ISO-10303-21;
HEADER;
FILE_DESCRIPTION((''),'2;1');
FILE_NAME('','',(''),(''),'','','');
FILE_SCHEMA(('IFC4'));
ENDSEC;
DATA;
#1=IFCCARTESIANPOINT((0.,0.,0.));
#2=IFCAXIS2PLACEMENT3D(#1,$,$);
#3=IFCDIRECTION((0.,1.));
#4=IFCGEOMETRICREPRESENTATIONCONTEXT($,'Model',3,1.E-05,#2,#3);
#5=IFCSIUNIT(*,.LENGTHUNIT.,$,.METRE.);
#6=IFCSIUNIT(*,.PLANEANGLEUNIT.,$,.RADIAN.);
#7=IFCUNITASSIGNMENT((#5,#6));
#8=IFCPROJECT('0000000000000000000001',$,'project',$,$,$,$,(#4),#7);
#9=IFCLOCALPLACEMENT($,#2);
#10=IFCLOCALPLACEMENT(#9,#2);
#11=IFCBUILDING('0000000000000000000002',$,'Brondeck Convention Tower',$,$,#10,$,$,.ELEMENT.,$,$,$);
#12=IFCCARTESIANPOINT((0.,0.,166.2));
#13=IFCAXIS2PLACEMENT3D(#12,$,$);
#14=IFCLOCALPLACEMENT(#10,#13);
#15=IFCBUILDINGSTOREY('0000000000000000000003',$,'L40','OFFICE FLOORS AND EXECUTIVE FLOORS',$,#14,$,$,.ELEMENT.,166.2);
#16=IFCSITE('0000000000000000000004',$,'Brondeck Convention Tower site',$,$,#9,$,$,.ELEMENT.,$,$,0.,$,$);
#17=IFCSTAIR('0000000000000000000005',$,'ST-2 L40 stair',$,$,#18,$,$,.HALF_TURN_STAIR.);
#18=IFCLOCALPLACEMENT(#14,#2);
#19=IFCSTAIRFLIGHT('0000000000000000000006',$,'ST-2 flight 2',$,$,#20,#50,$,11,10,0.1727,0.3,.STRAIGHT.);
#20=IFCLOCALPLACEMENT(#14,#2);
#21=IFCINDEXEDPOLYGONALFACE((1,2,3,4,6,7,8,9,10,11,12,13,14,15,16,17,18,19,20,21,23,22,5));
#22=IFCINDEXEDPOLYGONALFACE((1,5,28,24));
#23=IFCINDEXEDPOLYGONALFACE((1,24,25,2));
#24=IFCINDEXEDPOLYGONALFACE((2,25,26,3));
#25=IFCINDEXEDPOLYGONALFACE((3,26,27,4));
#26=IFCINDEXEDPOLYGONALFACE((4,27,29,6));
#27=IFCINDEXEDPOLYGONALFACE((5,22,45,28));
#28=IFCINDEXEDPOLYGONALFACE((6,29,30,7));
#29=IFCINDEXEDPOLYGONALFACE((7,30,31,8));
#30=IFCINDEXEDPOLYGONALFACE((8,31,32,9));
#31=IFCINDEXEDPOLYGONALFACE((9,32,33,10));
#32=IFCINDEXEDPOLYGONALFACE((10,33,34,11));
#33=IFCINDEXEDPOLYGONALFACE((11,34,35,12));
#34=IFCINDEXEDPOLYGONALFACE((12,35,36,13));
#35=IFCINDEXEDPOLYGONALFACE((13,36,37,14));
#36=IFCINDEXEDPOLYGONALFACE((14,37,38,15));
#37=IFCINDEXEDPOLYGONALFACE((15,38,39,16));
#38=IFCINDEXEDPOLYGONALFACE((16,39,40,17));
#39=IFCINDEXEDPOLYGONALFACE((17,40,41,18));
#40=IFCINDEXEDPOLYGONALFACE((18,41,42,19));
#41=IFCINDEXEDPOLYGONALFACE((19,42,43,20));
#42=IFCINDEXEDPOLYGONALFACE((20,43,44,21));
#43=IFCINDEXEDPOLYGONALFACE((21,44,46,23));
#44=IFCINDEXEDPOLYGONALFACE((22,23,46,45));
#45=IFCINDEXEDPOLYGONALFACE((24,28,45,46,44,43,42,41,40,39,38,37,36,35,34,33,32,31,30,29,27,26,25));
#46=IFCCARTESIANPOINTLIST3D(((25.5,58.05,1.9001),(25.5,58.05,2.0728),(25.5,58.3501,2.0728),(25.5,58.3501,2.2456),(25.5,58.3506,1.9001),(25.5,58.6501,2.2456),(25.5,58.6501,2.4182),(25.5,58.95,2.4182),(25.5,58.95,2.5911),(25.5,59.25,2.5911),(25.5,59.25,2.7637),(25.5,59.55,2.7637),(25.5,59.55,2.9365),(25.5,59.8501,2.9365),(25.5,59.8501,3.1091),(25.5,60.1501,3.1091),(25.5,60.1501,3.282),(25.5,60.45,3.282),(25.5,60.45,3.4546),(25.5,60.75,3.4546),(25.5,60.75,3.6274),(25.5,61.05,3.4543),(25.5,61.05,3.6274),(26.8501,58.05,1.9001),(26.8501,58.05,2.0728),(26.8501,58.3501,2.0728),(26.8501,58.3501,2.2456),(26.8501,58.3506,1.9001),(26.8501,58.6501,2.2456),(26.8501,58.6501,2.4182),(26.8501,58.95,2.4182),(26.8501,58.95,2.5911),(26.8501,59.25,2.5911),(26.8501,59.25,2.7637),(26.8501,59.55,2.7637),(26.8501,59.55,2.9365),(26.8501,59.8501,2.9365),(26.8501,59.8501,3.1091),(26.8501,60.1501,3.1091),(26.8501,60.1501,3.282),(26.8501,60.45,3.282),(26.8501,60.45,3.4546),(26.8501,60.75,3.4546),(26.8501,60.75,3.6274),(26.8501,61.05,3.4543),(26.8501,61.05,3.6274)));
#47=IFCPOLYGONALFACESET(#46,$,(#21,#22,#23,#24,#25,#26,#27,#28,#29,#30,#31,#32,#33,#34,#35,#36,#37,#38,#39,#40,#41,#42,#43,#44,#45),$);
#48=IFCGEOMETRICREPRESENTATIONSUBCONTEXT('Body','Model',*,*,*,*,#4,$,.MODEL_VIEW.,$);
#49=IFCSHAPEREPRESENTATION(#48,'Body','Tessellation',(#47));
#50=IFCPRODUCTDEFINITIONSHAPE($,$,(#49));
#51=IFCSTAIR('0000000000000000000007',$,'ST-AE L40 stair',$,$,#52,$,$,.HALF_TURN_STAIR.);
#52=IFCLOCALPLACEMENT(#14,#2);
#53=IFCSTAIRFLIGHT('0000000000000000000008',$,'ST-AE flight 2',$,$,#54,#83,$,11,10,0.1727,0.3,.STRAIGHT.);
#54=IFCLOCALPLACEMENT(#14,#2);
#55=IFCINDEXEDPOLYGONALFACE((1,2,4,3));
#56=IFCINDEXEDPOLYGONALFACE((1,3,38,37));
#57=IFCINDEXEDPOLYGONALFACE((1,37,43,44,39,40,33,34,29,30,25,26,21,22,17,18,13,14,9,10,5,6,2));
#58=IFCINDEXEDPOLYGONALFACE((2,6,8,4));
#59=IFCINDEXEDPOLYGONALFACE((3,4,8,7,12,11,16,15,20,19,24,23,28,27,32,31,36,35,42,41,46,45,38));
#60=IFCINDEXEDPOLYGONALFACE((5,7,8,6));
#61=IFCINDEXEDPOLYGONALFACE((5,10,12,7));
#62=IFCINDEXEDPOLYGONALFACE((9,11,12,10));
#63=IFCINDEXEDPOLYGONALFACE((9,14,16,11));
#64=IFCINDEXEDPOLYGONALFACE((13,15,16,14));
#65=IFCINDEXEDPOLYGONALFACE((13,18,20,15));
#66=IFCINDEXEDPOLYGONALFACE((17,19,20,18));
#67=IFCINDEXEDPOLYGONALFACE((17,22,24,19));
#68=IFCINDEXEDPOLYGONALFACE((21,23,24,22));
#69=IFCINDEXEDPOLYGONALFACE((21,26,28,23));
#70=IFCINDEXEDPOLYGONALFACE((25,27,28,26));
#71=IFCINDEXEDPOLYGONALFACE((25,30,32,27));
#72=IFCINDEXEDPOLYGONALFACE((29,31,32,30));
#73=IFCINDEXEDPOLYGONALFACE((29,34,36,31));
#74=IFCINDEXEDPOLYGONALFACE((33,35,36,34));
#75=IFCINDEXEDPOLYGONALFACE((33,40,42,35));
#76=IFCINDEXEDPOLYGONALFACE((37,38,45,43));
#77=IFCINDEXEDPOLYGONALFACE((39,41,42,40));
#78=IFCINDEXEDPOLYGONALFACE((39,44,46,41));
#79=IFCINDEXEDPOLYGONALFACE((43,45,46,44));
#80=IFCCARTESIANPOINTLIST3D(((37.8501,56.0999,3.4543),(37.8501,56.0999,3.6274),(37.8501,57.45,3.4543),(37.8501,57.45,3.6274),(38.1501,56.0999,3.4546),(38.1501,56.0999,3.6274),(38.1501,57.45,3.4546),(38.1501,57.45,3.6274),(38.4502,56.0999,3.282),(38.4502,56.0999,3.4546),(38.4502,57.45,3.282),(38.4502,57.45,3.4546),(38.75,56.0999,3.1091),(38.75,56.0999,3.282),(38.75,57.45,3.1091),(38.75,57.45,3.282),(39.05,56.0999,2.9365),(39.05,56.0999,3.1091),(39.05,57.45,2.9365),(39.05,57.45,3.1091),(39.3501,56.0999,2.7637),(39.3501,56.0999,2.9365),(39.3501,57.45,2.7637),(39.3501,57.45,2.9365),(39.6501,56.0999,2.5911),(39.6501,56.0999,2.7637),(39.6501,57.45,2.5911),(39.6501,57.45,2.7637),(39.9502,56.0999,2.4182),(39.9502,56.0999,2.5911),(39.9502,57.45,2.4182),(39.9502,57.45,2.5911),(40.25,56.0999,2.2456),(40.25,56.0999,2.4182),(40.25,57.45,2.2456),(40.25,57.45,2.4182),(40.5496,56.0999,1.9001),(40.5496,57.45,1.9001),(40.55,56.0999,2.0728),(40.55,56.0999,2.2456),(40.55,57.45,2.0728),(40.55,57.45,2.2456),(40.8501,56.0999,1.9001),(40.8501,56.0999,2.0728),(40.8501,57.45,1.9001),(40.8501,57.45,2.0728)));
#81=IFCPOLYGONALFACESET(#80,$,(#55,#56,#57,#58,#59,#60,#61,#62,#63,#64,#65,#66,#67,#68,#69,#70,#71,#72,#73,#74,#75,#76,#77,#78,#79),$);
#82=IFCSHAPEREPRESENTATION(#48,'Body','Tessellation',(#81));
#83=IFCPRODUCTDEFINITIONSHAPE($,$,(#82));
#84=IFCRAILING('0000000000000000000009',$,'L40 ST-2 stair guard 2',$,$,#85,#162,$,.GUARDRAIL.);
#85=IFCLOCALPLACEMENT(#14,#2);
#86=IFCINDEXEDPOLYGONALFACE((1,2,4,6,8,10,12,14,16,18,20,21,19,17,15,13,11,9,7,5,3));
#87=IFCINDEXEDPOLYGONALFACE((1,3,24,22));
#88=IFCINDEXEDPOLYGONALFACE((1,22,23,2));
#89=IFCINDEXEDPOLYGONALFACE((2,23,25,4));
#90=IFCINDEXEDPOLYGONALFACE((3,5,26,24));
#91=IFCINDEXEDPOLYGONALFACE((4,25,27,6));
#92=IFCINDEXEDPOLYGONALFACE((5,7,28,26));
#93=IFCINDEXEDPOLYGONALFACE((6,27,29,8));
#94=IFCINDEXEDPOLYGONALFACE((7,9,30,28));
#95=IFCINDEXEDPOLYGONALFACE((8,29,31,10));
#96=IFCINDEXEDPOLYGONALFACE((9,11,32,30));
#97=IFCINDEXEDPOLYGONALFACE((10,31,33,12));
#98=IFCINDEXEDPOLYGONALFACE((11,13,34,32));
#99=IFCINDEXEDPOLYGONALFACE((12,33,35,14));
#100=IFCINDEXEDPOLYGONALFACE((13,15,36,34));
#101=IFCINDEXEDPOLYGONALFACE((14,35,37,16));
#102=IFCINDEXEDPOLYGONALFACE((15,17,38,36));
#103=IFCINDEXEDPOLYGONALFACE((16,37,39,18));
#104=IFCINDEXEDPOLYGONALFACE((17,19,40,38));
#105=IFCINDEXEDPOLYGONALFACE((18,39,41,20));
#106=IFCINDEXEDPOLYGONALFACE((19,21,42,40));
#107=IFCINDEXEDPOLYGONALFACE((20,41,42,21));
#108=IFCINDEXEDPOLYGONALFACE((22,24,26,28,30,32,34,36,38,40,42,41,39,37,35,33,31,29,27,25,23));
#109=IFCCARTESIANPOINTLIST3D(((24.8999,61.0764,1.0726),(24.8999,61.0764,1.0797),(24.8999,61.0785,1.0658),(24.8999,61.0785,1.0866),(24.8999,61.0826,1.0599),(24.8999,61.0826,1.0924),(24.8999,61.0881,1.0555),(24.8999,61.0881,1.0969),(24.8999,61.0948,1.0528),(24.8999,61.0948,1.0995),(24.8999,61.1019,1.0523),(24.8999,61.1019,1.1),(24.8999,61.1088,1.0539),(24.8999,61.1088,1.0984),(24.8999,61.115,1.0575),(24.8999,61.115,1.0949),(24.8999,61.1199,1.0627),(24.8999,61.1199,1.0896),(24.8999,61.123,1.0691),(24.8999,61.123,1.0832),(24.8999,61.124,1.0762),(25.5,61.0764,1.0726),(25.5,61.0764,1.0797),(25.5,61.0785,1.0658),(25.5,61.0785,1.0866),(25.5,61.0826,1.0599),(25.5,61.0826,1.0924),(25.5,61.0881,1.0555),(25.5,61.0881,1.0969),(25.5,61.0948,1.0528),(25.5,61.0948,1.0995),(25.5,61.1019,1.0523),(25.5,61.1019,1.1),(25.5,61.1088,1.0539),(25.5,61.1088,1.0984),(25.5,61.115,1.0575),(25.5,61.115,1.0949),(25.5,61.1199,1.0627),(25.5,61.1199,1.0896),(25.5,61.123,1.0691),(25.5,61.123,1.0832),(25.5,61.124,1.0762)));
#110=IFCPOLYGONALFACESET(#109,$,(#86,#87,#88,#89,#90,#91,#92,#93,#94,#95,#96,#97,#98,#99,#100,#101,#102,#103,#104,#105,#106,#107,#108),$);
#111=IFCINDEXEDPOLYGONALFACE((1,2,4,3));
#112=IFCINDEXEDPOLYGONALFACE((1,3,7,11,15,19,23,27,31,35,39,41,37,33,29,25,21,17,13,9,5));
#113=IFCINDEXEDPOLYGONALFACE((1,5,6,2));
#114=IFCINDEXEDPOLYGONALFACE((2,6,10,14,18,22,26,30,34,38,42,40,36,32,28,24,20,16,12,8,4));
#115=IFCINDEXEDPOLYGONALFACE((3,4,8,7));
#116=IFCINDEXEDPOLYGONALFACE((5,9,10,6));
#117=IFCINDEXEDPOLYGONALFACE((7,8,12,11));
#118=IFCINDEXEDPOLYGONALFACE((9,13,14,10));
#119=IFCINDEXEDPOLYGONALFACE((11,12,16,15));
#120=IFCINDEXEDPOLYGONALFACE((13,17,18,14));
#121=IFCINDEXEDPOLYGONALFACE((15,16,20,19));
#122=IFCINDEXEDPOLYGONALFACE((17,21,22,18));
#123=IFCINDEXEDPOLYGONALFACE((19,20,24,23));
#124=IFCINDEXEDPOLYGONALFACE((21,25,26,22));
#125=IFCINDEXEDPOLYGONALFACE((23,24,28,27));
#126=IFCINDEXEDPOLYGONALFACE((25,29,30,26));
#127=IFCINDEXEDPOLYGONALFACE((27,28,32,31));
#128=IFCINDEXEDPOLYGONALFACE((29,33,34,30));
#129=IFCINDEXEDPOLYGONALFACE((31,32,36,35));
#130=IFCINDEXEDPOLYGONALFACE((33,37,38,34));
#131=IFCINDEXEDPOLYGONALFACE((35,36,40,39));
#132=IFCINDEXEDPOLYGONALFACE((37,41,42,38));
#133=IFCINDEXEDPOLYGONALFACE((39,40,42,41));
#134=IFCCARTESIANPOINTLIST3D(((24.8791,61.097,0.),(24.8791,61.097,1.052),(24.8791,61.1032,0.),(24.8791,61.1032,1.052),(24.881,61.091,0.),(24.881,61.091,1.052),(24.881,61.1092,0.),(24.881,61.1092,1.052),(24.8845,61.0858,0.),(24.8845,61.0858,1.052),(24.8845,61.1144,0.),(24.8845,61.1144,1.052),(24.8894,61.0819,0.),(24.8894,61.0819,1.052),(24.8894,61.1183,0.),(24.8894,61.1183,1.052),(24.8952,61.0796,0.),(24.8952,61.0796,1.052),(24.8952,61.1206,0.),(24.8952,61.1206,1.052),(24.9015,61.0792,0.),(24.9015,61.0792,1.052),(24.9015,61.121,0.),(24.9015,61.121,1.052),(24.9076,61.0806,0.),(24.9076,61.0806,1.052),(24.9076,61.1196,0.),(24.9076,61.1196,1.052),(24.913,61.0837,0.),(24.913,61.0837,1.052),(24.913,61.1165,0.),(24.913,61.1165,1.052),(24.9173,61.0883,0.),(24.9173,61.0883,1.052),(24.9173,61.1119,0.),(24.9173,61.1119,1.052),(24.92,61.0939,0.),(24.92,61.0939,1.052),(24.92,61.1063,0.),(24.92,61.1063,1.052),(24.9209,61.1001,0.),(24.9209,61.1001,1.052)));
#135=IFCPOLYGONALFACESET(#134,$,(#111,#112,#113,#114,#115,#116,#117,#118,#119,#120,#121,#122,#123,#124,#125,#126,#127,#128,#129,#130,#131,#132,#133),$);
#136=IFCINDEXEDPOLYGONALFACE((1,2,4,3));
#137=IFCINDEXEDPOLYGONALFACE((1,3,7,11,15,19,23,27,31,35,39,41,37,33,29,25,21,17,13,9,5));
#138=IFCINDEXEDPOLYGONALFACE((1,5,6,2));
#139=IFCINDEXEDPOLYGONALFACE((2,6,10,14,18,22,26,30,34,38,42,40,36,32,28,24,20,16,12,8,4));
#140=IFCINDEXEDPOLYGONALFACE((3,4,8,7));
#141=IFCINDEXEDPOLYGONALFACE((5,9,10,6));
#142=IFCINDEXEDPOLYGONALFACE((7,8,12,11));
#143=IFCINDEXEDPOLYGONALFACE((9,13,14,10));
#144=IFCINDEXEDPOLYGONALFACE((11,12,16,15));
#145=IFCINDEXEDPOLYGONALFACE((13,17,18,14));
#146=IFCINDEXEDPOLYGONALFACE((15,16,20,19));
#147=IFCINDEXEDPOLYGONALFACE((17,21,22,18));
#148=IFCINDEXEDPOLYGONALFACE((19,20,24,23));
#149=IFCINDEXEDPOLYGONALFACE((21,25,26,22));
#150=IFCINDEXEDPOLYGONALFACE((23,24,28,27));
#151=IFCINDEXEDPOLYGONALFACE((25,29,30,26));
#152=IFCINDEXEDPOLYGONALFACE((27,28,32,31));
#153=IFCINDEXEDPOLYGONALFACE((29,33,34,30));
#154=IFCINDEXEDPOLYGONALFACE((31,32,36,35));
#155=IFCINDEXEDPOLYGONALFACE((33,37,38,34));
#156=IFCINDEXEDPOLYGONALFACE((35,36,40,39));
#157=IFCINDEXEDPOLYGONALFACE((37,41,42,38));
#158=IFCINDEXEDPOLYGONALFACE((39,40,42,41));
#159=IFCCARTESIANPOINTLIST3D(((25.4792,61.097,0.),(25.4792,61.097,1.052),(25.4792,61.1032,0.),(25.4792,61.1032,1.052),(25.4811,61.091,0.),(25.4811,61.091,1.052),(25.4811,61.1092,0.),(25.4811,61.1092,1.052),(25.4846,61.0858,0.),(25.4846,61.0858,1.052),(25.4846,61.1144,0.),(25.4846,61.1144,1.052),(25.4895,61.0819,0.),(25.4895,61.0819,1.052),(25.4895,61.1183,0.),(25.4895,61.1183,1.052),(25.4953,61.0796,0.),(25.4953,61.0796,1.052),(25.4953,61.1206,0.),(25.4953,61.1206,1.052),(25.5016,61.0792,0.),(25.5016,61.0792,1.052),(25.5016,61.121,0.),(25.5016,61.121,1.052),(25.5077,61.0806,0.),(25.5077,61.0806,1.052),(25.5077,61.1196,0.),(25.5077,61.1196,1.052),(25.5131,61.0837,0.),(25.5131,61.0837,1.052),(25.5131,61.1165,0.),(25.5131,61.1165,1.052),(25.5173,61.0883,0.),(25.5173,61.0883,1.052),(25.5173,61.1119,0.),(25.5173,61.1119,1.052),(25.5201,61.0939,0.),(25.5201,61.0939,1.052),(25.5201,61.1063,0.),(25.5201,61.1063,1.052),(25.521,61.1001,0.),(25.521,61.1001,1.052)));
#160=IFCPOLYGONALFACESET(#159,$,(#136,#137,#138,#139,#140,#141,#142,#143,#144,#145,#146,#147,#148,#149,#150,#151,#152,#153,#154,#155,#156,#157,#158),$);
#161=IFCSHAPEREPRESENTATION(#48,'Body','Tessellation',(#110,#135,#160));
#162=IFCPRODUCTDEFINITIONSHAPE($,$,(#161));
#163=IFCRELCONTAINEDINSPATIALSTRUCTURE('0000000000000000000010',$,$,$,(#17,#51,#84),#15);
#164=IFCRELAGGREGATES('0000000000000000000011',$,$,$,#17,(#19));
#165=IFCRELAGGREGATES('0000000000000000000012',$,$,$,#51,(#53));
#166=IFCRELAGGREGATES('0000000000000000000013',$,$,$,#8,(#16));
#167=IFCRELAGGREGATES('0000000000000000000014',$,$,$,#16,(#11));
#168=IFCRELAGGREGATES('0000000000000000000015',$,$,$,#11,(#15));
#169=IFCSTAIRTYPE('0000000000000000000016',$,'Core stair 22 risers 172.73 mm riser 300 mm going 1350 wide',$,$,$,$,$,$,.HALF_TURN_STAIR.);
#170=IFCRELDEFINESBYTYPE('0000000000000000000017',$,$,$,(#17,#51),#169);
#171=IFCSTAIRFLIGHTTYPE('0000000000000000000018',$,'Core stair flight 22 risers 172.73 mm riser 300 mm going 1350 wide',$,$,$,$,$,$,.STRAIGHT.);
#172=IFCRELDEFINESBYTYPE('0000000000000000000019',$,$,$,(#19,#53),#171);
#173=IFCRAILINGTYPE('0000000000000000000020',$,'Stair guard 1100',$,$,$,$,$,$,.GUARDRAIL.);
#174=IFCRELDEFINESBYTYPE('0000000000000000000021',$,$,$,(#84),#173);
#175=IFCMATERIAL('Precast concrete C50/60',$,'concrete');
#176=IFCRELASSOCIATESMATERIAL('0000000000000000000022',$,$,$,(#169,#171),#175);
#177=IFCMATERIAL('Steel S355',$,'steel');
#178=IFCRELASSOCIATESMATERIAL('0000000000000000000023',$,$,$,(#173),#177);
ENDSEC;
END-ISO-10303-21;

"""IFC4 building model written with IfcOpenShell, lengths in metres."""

from ifc_helpers import new_model, si_unit, direction, frame, origin, origin_2d, place, context, subcontext, project, spatial, polyline, circle, outline, extrude, material, type_object, element, aggregate, save


model = new_model("IFC4")

# Units and contexts
model_context = context("Model", 3, precision=1e-05, world=origin(), true_north=direction((0.0, 1.0)))
body_context = subcontext(model_context, "Body", "Model", "MODEL_VIEW")
ifc_project = project(units=[si_unit("LENGTHUNIT", "METRE"), si_unit("PLANEANGLEUNIT", "RADIAN")], contexts=[model_context])

# Site, building, storey
site_placement = place(None, origin())
site = spatial("IfcSite", under=ifc_project, at=site_placement, Name="Brondeck Convention Tower site", CompositionType="ELEMENT", RefElevation=0.0)
building_placement = place(site_placement, origin())
building = spatial("IfcBuilding", under=site, at=building_placement, Name="Brondeck Convention Tower", CompositionType="ELEMENT")
storey_placement = place(building_placement, frame((0.0, 0.0, 166.2)))
storey = spatial("IfcBuildingStorey", under=building, at=storey_placement, Name="L40", Description="OFFICE FLOORS AND EXECUTIVE FLOORS", CompositionType="ELEMENT", Elevation=166.2)

# Shared definitions
ifc_material_1 = material(Name="Steel S355", Category="steel")

# Stair, stair flight
ifc_material_2 = material(Name="Precast concrete C50/60", Category="concrete")
stair_type = type_object("IfcStairType", Name="Core stair 22 risers 172.73 mm riser 300 mm going 1350 wide", PredefinedType="HALF_TURN_STAIR", material=ifc_material_2)
stair_1_placement = place(storey_placement, origin())
stair_1 = element("IfcStair", 1, at=stair_1_placement, inside=storey, type_object=stair_type, Name="ST-2 L40 stair", PredefinedType="HALF_TURN_STAIR")
stair_flight_type = type_object("IfcStairFlightType", Name="Core stair flight 22 risers 172.73 mm riser 300 mm going 1350 wide", PredefinedType="STRAIGHT", material=ifc_material_2)
stair_flight_1_placement = place(storey_placement, frame((26.175, 58.05, 1.9001), z_axis=(0.0, 0.0, 1.0), x_axis=(0.0, 1.0, 0.0)))
stair_flight_1 = element("IfcStairFlight", 2, at=stair_flight_1_placement, type_object=stair_flight_type, Name="ST-2 flight 2", NumberOfRisers=11, NumberOfTreads=10, PredefinedType="STRAIGHT", RiserHeight=0.1727, TreadLength=0.3, context=body_context, shape_type="SweptSolid", body=[
    extrude(outline(polyline([(0.0, 0.0), (0.0, 0.1726), (0.3, 0.1726), (0.3, 0.3455), (0.6001, 0.3455), (0.6001, 0.5181), (0.8999, 0.5181), (0.8999, 0.6909), (1.2, 0.6909), (1.2, 0.8635), (1.5, 0.8635), (1.5, 1.0364), (1.8, 1.0364), (1.8, 1.209), (2.1001, 1.209), (2.1001, 1.3818), (2.3999, 1.3818), (2.3999, 1.5544), (2.7, 1.5544), (2.7, 1.7273), (3.0, 1.7273), (3.0, 1.8999), (3.0, 1.5542), (0.3005, 0.0), (0.0, 0.0)])), frame((0.0, 0.675, 0.0), z_axis=(0.0, -1.0, 0.0), x_axis=(1.0, 0.0, 0.0)), (0.0, 0.0, 1.0), 1.3501),
])
aggregate(stair_1, [stair_flight_1])

# Stair, stair flight
stair_2_placement = place(storey_placement, origin())
stair_2 = element("IfcStair", 3, at=stair_2_placement, inside=storey, type_object=stair_type, Name="ST-AE L40 stair", PredefinedType="HALF_TURN_STAIR")
stair_flight_2_placement = place(storey_placement, frame((40.8501, 56.7749, 1.9001), z_axis=(0.0, 0.0, 1.0), x_axis=(-1.0, 0.0, 0.0)))
stair_flight_2 = element("IfcStairFlight", 4, at=stair_flight_2_placement, type_object=stair_flight_type, Name="ST-AE flight 2", NumberOfRisers=11, NumberOfTreads=10, PredefinedType="STRAIGHT", RiserHeight=0.1727, TreadLength=0.3, context=body_context, shape_type="SweptSolid", body=[
    extrude(outline(polyline([(0.0, 0.0), (0.0, 0.1726), (0.3, 0.1726), (0.3, 0.3455), (0.6001, 0.3455), (0.6001, 0.5181), (0.8999, 0.5181), (0.8999, 0.6909), (1.2, 0.6909), (1.2, 0.8635), (1.5, 0.8635), (1.5, 1.0364), (1.8, 1.0364), (1.8, 1.209), (2.1001, 1.209), (2.1001, 1.3818), (2.3999, 1.3818), (2.3999, 1.5544), (2.7, 1.5544), (2.7, 1.7273), (3.0, 1.7273), (3.0, 1.8999), (3.0, 1.5542), (0.3005, 0.0), (0.0, 0.0)])), frame((0.0, 0.675, 0.0), z_axis=(0.0, -1.0, 0.0), x_axis=(1.0, 0.0, 0.0)), (0.0, 0.0, 1.0), 1.3501),
])
aggregate(stair_2, [stair_flight_2])

# Railing
railing_type_1 = type_object("IfcRailingType", Name="Stair guard 1100", PredefinedType="GUARDRAIL", material=ifc_material_1)
railing_1_placement = place(storey_placement, frame((24.8999, 61.1001, 0.0)))
element("IfcRailing", 5, at=railing_1_placement, inside=storey, type_object=railing_type_1, Name="L40 ST-2 stair guard 2", PredefinedType="GUARDRAIL", context=body_context, shape_type="SweptSolid", body=[
    extrude(circle(Radius=0.0239, at=origin_2d()), frame((0.0, 0.0, 1.0762), z_axis=(1.0, 0.0, 0.0), x_axis=(0.0, 1.0, 0.0)), (0.0, 0.0, 1.0), 0.6001),
    extrude(circle(Radius=0.021, at=origin_2d()), origin(), (0.0, 0.0, 1.0), 1.052),
    extrude(circle(Radius=0.021, at=origin_2d()), frame((0.6001, 0.0, 0.0)), (0.0, 0.0, 1.0), 1.052),
])

save(model, "model.ifc")
